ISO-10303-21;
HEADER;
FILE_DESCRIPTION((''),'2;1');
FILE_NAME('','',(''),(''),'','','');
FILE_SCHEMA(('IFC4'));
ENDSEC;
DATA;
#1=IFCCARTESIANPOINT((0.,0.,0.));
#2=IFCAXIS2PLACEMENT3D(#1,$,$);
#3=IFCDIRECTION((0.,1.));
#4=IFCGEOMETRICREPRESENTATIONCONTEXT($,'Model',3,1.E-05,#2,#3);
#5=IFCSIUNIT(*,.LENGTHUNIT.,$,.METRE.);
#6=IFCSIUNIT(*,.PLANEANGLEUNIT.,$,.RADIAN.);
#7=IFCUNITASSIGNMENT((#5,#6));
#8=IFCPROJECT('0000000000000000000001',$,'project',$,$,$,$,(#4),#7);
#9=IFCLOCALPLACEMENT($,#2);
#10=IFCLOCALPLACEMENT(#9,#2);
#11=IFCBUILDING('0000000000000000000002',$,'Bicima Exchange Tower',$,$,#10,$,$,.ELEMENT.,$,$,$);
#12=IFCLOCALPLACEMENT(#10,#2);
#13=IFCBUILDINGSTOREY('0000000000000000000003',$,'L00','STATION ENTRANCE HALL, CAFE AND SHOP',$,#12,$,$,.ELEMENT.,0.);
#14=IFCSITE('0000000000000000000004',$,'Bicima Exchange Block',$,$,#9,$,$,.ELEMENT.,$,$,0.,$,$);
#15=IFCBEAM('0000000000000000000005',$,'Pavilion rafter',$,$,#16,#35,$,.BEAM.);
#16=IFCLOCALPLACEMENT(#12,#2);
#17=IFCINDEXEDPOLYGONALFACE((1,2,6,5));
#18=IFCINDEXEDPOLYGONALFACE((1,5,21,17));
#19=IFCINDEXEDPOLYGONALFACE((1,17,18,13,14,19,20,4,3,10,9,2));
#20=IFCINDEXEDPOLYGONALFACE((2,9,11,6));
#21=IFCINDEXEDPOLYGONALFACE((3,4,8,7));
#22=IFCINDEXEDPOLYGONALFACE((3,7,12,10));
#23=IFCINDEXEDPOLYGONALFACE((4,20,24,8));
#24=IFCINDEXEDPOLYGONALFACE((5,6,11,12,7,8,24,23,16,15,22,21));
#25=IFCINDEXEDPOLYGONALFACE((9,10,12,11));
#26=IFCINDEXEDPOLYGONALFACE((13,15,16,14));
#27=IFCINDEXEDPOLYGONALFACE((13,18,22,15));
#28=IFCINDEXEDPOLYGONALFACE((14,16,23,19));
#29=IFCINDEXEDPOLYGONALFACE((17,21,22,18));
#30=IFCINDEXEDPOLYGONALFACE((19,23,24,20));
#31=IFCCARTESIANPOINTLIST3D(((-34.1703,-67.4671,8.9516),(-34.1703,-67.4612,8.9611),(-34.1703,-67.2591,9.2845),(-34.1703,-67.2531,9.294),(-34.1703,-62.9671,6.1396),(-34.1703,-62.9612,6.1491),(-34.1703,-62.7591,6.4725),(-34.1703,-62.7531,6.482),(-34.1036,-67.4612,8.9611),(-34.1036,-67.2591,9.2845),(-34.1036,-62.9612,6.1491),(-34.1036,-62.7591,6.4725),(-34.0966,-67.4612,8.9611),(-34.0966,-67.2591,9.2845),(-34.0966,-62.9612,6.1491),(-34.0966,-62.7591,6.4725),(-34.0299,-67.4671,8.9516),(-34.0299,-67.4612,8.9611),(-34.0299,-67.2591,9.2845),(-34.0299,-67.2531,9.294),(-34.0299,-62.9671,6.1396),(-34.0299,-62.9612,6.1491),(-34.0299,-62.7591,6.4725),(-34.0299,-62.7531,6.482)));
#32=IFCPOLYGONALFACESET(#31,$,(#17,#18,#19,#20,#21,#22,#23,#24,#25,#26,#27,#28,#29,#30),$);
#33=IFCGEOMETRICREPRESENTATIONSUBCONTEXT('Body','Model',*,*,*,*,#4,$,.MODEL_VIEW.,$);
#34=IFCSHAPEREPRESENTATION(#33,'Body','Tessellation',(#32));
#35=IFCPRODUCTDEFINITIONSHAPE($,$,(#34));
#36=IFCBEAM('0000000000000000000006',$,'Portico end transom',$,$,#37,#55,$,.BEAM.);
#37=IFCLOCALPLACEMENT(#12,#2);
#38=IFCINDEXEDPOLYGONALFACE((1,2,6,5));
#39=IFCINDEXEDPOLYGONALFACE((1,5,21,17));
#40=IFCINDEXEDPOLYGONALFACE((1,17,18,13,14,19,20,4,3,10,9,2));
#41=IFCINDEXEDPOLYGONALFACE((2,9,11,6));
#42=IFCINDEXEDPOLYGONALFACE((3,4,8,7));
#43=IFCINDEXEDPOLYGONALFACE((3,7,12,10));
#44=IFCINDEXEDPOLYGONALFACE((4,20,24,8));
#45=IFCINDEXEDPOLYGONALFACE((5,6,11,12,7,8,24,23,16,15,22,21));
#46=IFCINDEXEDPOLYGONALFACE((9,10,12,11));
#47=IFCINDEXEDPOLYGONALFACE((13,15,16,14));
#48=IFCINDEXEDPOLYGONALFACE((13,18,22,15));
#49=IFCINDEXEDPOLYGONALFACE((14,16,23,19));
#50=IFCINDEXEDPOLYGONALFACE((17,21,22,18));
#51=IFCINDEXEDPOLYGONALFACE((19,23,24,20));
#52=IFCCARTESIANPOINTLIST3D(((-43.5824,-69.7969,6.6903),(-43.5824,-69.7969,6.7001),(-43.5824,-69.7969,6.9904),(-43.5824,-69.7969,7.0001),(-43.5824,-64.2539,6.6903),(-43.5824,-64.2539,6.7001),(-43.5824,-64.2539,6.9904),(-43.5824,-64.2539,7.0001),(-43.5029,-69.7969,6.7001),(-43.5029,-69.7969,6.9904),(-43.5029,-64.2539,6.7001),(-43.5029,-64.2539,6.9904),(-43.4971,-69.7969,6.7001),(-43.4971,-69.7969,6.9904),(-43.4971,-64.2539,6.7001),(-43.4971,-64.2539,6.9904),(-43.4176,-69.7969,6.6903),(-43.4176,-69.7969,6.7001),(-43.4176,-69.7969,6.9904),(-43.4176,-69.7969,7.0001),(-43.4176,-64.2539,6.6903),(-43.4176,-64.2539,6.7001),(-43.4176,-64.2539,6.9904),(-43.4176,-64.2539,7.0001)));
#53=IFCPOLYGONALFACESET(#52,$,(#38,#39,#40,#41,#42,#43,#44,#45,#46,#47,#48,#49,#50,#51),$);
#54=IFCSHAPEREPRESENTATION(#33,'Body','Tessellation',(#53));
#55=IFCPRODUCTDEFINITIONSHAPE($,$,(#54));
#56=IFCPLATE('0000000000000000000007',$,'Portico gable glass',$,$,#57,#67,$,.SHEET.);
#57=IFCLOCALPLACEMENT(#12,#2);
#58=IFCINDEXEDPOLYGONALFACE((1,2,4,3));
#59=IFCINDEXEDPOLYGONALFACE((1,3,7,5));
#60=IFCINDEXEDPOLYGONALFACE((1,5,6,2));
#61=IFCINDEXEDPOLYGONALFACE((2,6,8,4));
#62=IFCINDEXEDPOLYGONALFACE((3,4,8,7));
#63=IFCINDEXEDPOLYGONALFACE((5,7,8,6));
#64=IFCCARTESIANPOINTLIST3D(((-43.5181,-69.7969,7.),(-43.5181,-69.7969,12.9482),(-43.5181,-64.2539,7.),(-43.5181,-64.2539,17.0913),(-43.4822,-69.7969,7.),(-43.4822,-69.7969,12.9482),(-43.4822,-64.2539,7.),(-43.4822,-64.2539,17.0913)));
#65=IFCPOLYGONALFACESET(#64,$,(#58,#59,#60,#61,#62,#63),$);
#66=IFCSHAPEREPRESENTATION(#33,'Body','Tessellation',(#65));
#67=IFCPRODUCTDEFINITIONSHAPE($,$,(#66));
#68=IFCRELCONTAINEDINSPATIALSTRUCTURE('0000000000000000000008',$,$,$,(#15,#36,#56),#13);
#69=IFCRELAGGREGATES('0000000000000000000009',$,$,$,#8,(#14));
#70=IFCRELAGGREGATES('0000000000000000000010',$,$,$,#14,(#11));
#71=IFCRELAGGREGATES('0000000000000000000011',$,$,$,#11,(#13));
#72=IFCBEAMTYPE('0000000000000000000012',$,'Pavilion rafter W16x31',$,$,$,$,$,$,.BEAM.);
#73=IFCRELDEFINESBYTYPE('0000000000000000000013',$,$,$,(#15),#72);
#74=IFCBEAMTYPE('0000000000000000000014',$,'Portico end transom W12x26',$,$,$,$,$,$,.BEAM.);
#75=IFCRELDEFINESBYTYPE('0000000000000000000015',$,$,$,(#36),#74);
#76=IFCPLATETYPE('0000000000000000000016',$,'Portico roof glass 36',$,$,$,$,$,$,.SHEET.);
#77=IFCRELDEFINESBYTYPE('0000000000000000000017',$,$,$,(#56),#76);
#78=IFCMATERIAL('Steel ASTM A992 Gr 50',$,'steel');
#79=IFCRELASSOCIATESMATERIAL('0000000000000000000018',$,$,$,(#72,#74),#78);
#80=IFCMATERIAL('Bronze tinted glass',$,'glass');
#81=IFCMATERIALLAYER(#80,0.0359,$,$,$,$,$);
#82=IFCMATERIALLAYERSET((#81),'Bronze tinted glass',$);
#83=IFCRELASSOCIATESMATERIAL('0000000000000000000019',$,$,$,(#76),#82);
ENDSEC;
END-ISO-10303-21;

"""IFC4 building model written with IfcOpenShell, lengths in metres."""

from ifc_helpers import new_model, si_unit, direction, frame, origin, origin_2d, place, context, subcontext, project, spatial, polyline, i_section, outline, extrude, material, layer, layer_set, material_profile, profile_set, type_object, element, save


model = new_model("IFC4")

# Units and contexts
model_context = context("Model", 3, precision=1e-05, world=origin(), true_north=direction((0.0, 1.0)))
body_context = subcontext(model_context, "Body", "Model", "MODEL_VIEW")
ifc_project = project(units=[si_unit("LENGTHUNIT", "METRE"), si_unit("PLANEANGLEUNIT", "RADIAN")], contexts=[model_context])

# Site, building, storey
site_placement = place(None, origin())
site = spatial("IfcSite", under=ifc_project, at=site_placement, Name="Bicima Exchange Block", CompositionType="ELEMENT", RefElevation=0.0)
building_placement = place(site_placement, origin())
building = spatial("IfcBuilding", under=site, at=building_placement, Name="Bicima Exchange Tower", CompositionType="ELEMENT")
storey_placement = place(building_placement, origin())
storey = spatial("IfcBuildingStorey", under=building, at=storey_placement, Name="L00", Description="STATION ENTRANCE HALL, CAFE AND SHOP", CompositionType="ELEMENT", Elevation=0.0)

# Beams
ifc_material_1 = material(Name="Steel ASTM A992 Gr 50", Category="steel")
ifc_material_profile_1 = material_profile(ifc_material_1, i_section(OverallWidth=0.1404, OverallDepth=0.4038, WebThickness=0.0071, FlangeThickness=0.0112, at=origin_2d()))
ifc_profile_set_1 = profile_set([ifc_material_profile_1], Name="Steel ASTM A992 Gr 50")
beam_type_1 = type_object("IfcBeamType", Name="Pavilion rafter W16x31", PredefinedType="BEAM", material=ifc_profile_set_1)
beam_1_placement = place(storey_placement, frame((-34.1001, -62.8601, 6.3108), z_axis=(0.0, -0.84804, 0.529933), x_axis=(1.0, 0.0, 0.0)))
element("IfcBeam", 1, at=beam_1_placement, inside=storey, type_object=beam_type_1, Name="Pavilion rafter", PredefinedType="BEAM", context=body_context, shape_type="SweptSolid", body=[
    extrude(i_section(OverallWidth=0.1404, OverallDepth=0.4038, WebThickness=0.0071, FlangeThickness=0.0112, at=origin_2d()), origin(), (0.0, 0.0, 1.0), 5.3064),
])
ifc_material_profile_2 = material_profile(ifc_material_1, i_section(OverallWidth=0.1648, OverallDepth=0.3098, WebThickness=0.0059, FlangeThickness=0.0098, at=origin_2d()))
ifc_profile_set_2 = profile_set([ifc_material_profile_2], Name="Steel ASTM A992 Gr 50")
beam_type_2 = type_object("IfcBeamType", Name="Portico end transom W12x26", PredefinedType="BEAM", material=ifc_profile_set_2)
beam_2_placement = place(storey_placement, frame((-43.5, -64.2539, 6.8452), z_axis=(0.0, -1.0, 0.0), x_axis=(1.0, 0.0, 0.0)))
element("IfcBeam", 2, at=beam_2_placement, inside=storey, type_object=beam_type_2, Name="Portico end transom", PredefinedType="BEAM", context=body_context, shape_type="SweptSolid", body=[
    extrude(i_section(OverallWidth=0.1648, OverallDepth=0.3098, WebThickness=0.0059, FlangeThickness=0.0098, at=origin_2d()), origin(), (0.0, 0.0, 1.0), 5.543),
])

# Plate
ifc_material_2 = material(Name="Bronze tinted glass", Category="glass")
ifc_layer = layer(ifc_material_2, 0.0359)
ifc_layer_set = layer_set([ifc_layer], Name="Bronze tinted glass")
plate_type = type_object("IfcPlateType", Name="Portico roof glass 36", PredefinedType="SHEET", material=ifc_layer_set)
plate_placement = place(storey_placement, frame((-43.5181, -64.2539, 7.0), z_axis=(-1.0, 0.0, 0.0), x_axis=(0.0, -1.0, 0.0)))
element("IfcPlate", 3, at=plate_placement, inside=storey, type_object=plate_type, Name="Portico gable glass", PredefinedType="SHEET", context=body_context, shape_type="SweptSolid", body=[
    extrude(outline(polyline([(0.0, 0.0), (5.543, 0.0), (5.543, 5.9482), (0.0, 10.0913), (0.0, 0.0)])), origin(), (0.0, 0.0, -1.0), 0.0359),
])

save(model, "model.ifc")
